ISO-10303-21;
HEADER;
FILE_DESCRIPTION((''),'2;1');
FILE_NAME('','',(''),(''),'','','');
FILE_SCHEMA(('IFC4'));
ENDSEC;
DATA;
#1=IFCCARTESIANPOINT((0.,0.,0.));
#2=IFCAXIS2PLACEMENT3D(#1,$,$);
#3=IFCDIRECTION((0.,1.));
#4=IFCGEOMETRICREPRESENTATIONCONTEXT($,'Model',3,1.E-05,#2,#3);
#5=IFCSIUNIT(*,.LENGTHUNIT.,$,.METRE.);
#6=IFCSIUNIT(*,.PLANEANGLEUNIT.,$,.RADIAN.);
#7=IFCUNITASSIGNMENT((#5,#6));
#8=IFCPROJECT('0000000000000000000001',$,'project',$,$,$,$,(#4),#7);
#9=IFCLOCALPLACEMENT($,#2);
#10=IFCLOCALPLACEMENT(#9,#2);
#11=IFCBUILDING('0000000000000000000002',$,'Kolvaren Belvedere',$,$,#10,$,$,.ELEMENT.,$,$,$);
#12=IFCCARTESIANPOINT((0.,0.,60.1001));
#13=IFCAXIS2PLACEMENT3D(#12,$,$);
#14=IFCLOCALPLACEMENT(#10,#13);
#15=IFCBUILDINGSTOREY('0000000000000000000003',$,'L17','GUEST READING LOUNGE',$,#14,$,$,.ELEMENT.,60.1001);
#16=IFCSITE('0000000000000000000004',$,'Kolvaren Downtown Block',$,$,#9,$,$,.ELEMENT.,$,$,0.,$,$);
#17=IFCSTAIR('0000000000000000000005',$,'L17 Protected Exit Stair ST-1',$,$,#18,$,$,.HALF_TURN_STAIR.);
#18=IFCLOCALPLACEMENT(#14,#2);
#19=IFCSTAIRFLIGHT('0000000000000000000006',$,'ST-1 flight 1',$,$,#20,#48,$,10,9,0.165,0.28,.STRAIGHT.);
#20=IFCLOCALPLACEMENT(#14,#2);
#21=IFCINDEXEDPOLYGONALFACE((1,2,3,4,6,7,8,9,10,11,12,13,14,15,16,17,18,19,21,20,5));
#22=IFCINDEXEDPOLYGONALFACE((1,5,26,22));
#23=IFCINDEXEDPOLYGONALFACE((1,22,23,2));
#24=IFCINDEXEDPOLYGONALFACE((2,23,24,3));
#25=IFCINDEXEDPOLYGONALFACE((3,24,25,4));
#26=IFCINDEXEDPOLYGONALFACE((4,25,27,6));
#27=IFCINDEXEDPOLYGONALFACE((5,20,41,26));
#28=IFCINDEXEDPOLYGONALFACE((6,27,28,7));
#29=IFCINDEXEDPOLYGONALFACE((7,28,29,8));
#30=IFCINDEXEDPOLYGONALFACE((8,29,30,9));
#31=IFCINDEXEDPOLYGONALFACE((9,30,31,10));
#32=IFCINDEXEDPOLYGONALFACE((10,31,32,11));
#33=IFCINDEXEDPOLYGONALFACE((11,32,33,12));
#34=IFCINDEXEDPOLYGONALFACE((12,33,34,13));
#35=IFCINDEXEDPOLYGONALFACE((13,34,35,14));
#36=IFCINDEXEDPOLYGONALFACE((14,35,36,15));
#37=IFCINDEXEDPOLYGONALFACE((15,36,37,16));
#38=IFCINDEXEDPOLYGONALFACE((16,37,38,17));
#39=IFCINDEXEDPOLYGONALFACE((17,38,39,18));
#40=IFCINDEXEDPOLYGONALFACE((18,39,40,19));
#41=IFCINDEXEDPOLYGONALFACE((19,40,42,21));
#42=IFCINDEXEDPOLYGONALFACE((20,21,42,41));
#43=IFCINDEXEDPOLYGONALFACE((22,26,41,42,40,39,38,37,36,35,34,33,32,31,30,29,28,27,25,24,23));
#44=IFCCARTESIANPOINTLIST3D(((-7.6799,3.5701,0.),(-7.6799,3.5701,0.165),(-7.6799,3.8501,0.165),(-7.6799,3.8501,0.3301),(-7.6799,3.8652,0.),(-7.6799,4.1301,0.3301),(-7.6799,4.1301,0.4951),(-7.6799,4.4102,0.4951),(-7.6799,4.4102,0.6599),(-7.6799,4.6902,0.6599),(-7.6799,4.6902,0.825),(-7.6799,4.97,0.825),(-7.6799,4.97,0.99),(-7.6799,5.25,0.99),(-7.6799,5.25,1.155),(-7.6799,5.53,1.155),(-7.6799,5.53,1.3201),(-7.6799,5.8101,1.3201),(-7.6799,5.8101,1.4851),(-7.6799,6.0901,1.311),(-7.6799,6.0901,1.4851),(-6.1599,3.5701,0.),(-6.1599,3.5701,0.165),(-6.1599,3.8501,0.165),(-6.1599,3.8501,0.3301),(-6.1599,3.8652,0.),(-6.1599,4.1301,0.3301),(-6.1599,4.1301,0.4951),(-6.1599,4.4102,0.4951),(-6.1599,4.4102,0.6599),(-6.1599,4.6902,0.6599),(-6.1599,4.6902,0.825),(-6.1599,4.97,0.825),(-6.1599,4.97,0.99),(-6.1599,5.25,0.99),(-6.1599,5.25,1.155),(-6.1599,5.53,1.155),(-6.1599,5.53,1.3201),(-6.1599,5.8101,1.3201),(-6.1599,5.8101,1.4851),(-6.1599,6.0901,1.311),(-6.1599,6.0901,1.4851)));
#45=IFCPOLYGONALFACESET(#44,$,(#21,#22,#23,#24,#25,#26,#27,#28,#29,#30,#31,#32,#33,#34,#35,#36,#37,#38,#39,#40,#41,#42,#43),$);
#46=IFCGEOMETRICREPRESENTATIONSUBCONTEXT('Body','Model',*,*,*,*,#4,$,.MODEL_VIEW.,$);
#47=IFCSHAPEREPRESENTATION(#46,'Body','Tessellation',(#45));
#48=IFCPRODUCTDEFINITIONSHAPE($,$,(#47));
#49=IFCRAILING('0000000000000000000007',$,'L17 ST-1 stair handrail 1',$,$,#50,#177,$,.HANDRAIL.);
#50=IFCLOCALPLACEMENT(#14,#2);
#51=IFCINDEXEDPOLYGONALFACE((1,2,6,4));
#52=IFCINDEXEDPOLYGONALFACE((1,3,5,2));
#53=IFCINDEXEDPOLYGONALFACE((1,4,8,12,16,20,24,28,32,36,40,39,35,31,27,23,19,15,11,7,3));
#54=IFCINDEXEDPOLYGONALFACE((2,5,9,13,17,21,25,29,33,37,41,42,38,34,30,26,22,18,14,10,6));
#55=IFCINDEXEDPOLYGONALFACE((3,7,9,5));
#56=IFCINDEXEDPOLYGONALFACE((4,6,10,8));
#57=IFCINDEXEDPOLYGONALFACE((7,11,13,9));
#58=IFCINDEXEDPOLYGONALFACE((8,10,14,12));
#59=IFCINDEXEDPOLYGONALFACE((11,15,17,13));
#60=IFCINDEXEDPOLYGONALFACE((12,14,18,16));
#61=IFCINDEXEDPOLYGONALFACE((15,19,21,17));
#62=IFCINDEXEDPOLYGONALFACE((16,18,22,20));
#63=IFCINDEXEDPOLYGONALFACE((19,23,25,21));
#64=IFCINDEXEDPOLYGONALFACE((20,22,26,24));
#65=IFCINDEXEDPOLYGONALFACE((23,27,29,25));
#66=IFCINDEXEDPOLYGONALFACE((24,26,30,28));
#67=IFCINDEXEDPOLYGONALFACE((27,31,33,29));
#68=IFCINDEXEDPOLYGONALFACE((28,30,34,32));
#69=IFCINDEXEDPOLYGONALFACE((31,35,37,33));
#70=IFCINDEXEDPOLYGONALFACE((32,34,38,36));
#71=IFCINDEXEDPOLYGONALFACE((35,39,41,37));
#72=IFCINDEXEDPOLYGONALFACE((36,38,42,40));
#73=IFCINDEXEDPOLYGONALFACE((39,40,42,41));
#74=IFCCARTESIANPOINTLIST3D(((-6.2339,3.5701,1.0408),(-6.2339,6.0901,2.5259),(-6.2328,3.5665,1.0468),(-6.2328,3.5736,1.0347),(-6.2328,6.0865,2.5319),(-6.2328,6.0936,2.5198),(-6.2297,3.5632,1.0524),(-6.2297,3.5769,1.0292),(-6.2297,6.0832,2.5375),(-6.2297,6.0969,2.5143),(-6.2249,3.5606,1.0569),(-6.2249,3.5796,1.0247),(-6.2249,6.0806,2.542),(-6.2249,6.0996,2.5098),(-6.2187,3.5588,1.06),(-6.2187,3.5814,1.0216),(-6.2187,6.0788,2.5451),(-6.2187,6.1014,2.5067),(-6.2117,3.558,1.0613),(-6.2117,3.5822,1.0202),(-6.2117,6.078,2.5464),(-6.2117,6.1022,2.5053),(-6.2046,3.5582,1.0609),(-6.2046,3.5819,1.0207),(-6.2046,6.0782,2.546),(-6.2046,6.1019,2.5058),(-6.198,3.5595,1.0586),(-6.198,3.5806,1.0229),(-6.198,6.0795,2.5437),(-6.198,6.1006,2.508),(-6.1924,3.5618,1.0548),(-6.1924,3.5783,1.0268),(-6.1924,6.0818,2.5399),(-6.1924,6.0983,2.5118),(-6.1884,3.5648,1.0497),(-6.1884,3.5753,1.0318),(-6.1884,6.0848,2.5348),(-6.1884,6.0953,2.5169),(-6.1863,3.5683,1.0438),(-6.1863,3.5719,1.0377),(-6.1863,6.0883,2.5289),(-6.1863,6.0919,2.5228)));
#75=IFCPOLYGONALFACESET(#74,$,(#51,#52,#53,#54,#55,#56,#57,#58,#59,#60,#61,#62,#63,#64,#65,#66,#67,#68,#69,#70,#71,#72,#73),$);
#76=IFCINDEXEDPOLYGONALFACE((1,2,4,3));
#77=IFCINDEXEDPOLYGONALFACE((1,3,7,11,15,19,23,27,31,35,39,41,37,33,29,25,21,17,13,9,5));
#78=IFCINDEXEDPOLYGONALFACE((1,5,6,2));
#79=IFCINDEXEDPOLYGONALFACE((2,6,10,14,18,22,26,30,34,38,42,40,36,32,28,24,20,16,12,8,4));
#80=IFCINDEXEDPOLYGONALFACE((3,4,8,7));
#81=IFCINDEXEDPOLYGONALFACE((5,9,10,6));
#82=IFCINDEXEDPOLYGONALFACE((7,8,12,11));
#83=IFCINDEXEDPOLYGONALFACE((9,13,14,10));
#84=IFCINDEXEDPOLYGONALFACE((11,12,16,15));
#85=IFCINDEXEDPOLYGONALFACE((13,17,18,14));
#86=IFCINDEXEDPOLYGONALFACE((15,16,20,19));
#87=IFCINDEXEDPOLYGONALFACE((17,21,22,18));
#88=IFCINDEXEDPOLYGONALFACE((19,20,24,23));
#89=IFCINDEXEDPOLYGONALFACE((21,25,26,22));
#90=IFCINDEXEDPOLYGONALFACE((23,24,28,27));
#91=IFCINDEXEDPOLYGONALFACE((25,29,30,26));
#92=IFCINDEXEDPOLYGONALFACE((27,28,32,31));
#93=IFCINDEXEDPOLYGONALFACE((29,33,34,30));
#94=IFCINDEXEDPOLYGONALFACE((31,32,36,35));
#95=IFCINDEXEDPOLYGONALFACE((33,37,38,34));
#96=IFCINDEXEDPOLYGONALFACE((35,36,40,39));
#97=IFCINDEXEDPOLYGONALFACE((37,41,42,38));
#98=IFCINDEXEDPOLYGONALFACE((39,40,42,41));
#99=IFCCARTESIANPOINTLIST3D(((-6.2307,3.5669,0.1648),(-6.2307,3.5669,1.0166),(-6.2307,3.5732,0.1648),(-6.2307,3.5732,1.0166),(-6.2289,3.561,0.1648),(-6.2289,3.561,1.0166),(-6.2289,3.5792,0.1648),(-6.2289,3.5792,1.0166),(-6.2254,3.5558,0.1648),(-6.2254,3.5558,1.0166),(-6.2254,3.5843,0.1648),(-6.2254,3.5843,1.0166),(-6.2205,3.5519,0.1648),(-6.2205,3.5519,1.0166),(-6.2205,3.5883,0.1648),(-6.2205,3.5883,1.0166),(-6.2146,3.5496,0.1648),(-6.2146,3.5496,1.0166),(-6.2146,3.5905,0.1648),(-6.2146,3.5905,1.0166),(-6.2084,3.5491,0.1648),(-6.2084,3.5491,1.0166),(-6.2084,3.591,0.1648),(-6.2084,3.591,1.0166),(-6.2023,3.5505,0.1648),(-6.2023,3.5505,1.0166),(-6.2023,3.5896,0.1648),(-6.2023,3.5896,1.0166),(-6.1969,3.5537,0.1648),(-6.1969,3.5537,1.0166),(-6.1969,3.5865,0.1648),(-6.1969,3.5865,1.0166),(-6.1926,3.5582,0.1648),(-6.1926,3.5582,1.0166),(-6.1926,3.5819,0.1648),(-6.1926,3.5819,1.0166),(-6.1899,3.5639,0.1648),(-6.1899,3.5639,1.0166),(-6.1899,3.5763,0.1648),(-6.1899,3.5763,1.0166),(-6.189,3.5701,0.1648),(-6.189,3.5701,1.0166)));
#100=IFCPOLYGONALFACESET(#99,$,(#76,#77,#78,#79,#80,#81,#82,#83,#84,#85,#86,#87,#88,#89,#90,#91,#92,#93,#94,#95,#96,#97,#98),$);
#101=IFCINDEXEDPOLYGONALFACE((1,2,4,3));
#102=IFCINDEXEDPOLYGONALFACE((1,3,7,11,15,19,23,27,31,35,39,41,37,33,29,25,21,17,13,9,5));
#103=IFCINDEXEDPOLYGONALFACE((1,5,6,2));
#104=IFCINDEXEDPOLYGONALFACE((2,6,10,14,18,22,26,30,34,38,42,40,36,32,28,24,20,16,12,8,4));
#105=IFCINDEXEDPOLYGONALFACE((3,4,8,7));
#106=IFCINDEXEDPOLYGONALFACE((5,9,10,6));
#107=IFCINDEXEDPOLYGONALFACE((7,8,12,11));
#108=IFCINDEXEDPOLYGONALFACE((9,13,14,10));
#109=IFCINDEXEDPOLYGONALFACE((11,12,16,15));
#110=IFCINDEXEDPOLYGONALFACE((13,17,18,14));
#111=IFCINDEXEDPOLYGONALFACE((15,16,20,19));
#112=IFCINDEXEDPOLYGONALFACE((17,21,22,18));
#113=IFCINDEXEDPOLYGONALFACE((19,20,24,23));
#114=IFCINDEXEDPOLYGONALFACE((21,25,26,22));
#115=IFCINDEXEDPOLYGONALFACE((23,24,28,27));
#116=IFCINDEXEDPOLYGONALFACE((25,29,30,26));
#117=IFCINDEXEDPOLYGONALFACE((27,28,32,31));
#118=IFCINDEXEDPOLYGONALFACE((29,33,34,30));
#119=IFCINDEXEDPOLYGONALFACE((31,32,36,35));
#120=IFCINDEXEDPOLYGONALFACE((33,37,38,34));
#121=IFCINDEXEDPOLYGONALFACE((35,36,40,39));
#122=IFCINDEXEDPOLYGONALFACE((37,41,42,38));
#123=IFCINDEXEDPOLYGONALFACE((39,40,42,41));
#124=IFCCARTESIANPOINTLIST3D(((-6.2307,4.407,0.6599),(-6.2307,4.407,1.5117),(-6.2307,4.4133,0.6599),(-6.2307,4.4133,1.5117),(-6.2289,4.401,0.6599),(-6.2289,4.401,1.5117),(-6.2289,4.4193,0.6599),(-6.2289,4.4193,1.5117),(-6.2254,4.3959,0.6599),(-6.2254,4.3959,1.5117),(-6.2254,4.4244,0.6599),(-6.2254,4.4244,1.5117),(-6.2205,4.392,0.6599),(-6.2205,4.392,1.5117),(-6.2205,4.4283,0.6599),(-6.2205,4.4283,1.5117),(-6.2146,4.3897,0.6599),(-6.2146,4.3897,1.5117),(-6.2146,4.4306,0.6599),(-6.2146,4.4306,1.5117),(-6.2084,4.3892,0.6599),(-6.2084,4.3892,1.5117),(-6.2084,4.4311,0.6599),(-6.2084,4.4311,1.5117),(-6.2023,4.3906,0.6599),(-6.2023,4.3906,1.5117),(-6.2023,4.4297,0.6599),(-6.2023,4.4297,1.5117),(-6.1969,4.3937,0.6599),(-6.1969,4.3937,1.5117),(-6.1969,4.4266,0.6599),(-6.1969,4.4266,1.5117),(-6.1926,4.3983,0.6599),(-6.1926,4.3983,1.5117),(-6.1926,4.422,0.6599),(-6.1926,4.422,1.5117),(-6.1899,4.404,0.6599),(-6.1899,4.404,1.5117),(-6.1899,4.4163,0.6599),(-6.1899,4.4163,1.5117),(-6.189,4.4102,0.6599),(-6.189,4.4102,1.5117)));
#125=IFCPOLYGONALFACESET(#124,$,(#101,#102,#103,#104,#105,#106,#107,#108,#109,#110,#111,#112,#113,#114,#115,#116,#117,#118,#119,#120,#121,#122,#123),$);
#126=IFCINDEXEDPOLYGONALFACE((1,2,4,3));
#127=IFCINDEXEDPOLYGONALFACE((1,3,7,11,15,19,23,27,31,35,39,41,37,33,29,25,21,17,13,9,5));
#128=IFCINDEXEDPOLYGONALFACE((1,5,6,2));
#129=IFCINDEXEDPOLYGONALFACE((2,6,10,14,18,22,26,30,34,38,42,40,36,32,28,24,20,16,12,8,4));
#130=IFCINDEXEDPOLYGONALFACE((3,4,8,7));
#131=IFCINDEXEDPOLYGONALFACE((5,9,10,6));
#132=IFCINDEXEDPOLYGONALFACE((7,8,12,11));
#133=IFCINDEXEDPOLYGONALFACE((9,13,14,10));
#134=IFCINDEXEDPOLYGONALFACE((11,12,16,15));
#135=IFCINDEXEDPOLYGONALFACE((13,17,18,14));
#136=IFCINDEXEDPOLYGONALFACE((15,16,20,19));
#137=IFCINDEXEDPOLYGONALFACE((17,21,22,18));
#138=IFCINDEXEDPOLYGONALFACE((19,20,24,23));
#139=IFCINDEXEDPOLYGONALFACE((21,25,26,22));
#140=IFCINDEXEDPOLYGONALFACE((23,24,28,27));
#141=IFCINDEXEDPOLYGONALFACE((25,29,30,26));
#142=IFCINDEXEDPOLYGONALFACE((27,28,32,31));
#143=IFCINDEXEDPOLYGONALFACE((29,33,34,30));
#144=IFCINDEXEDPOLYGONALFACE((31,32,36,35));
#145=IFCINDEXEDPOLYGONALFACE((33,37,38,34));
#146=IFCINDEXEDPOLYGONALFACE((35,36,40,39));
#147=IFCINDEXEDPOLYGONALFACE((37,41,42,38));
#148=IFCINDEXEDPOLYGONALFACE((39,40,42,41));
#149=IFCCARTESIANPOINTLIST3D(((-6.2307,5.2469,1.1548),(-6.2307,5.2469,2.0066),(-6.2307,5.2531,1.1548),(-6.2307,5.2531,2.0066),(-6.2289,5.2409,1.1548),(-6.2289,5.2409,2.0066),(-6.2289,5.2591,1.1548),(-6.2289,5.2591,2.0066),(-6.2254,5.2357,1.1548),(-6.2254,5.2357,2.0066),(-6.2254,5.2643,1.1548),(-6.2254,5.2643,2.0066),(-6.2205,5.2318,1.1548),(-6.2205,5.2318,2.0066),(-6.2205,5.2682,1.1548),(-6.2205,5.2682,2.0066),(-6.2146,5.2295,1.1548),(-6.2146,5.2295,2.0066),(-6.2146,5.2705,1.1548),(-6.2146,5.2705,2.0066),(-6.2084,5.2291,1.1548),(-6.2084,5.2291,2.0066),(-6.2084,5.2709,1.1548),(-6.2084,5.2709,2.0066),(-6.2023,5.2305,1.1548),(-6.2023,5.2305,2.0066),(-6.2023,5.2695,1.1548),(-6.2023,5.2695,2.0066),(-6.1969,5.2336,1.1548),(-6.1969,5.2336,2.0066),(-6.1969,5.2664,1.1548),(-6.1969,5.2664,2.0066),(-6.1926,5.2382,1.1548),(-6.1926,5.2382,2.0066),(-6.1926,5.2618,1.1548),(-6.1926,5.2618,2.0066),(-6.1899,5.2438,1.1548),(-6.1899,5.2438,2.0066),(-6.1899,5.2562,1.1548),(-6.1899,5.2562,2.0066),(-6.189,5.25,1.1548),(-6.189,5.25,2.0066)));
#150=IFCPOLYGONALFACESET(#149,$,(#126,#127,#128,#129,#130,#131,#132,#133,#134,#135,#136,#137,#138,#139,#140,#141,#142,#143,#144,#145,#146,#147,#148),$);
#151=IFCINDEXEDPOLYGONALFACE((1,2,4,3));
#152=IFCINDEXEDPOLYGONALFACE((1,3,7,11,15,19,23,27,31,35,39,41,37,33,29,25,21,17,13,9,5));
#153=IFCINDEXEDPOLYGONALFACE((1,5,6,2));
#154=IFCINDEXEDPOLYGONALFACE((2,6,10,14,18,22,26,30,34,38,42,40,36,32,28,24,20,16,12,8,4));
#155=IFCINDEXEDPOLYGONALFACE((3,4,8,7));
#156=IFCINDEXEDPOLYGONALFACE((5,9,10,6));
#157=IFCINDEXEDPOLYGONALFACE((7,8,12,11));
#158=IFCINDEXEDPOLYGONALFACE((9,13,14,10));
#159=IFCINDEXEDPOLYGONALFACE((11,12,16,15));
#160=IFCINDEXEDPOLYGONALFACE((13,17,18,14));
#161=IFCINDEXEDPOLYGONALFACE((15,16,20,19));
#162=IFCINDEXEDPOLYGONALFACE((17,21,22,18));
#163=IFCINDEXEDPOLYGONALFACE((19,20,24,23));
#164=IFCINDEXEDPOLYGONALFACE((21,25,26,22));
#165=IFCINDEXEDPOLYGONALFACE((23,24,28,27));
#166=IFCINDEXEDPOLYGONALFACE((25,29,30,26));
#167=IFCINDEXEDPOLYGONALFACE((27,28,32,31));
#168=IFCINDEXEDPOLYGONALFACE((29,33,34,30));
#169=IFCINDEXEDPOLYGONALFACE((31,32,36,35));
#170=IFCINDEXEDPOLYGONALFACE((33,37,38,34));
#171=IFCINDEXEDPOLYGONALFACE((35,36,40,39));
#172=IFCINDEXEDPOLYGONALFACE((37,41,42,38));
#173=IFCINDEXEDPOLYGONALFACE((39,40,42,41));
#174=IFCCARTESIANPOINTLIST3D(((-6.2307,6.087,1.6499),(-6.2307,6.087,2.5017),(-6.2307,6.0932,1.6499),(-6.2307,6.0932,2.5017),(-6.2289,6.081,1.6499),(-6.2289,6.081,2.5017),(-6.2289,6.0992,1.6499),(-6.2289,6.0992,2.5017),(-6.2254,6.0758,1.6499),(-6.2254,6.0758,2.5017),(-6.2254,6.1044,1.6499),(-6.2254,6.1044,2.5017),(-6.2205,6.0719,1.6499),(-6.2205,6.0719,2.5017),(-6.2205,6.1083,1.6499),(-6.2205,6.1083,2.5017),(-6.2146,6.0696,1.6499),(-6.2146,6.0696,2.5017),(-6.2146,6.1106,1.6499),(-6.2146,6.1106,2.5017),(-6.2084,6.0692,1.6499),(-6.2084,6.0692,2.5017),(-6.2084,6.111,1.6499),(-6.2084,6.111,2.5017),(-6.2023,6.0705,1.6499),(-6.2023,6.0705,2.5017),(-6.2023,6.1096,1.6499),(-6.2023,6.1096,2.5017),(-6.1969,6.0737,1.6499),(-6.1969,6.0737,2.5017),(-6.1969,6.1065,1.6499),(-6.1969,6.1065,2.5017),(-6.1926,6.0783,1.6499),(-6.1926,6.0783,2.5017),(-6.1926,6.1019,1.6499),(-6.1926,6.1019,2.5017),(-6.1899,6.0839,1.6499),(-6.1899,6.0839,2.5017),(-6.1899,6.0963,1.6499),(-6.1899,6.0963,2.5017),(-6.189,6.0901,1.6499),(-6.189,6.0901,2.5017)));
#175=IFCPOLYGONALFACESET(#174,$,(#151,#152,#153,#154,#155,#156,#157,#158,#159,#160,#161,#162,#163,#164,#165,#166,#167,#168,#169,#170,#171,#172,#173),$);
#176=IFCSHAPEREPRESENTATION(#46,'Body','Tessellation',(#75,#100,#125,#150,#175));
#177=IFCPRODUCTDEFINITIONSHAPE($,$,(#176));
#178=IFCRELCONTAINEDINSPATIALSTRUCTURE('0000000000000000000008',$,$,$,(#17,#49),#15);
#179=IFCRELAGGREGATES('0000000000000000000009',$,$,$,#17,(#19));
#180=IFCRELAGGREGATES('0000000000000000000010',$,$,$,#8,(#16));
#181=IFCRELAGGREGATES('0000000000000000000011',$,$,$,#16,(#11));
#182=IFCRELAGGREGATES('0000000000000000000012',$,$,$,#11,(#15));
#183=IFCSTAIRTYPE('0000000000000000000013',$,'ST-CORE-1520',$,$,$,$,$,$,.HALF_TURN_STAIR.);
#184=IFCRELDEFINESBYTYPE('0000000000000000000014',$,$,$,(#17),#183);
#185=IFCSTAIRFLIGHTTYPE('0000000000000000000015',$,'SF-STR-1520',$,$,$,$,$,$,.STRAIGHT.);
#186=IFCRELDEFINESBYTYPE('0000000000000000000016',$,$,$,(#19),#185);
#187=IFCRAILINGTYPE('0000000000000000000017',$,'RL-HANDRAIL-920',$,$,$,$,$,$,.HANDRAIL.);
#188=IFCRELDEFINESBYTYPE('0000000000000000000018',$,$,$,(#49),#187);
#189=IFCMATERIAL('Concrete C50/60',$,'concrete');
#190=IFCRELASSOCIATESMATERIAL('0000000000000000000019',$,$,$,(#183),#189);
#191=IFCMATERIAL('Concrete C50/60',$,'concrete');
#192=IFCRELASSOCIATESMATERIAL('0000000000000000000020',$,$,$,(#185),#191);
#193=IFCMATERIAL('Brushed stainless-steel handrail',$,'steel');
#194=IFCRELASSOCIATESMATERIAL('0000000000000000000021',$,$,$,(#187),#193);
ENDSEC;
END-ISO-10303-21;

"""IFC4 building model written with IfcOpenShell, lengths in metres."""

from ifc_helpers import new_model, si_unit, direction, frame, origin, origin_2d, place, context, subcontext, project, spatial, polyline, circle, outline, extrude, material, type_object, element, aggregate, save


model = new_model("IFC4")

# Units and contexts
model_context = context("Model", 3, precision=1e-05, world=origin(), true_north=direction((0.0, 1.0)))
body_context = subcontext(model_context, "Body", "Model", "MODEL_VIEW")
ifc_project = project(units=[si_unit("LENGTHUNIT", "METRE"), si_unit("PLANEANGLEUNIT", "RADIAN")], contexts=[model_context])

# Site, building, storey
site_placement = place(None, origin())
site = spatial("IfcSite", under=ifc_project, at=site_placement, Name="Kolvaren Downtown Block", CompositionType="ELEMENT", RefElevation=0.0)
building_placement = place(site_placement, origin())
building = spatial("IfcBuilding", under=site, at=building_placement, Name="Kolvaren Belvedere", CompositionType="ELEMENT")
storey_placement = place(building_placement, frame((0.0, 0.0, 60.1001)))
storey = spatial("IfcBuildingStorey", under=building, at=storey_placement, Name="L17", Description="GUEST READING LOUNGE", CompositionType="ELEMENT", Elevation=60.1001)

# Stair, stair flight
ifc_material_1 = material(Name="Concrete C50/60", Category="concrete")
stair_type = type_object("IfcStairType", Name="ST-CORE-1520", PredefinedType="HALF_TURN_STAIR", material=ifc_material_1)
stair_placement = place(storey_placement, origin())
stair = element("IfcStair", 1, at=stair_placement, inside=storey, type_object=stair_type, Name="L17 Protected Exit Stair ST-1", PredefinedType="HALF_TURN_STAIR")
ifc_material_2 = material(Name="Concrete C50/60", Category="concrete")
stair_flight_type = type_object("IfcStairFlightType", Name="SF-STR-1520", PredefinedType="STRAIGHT", material=ifc_material_2)
stair_flight_placement = place(storey_placement, frame((-6.9199, 3.5701, 0.0), z_axis=(0.0, 0.0, 1.0), x_axis=(0.0, 1.0, 0.0)))
stair_flight = element("IfcStairFlight", 2, at=stair_flight_placement, type_object=stair_flight_type, Name="ST-1 flight 1", NumberOfRisers=10, NumberOfTreads=9, PredefinedType="STRAIGHT", RiserHeight=0.165, TreadLength=0.28, context=body_context, shape_type="SweptSolid", body=[
    extrude(outline(polyline([(0.0, 0.0), (0.0, 0.165), (0.28, 0.165), (0.28, 0.3301), (0.5601, 0.3301), (0.5601, 0.4951), (0.8401, 0.4951), (0.8401, 0.6599), (1.1201, 0.6599), (1.1201, 0.825), (1.3999, 0.825), (1.3999, 0.99), (1.6799, 0.99), (1.6799, 1.155), (1.96, 1.155), (1.96, 1.3201), (2.24, 1.3201), (2.24, 1.4851), (2.52, 1.4851), (2.52, 1.6499), (2.52, 1.311), (0.2952, 0.0), (0.0, 0.0)])), frame((0.0, 0.76, 0.0), z_axis=(0.0, -1.0, 0.0), x_axis=(1.0, 0.0, 0.0)), (0.0, 0.0, 1.0), 1.52),
])
aggregate(stair, [stair_flight])

# Railing
ifc_material_3 = material(Name="Brushed stainless-steel handrail", Category="steel")
railing_type_1 = type_object("IfcRailingType", Name="RL-HANDRAIL-920", PredefinedType="HANDRAIL", material=ifc_material_3)
railing_1_placement = place(storey_placement, frame((-6.21, 3.5701, 0.1648)))
element("IfcRailing", 3, at=railing_1_placement, inside=storey, type_object=railing_type_1, Name="L17 ST-1 stair handrail 1", PredefinedType="HANDRAIL", context=body_context, shape_type="SweptSolid", body=[
    extrude(circle(Radius=0.0239, at=origin_2d()), frame((0.0, 0.0, 0.876), z_axis=(0.0, 0.861524, 0.507717), x_axis=(-1.0, 0.0, 0.0)), (0.0, 0.0, 1.0), 2.925),
    extrude(circle(Radius=0.021, at=origin_2d()), origin(), (0.0, 0.0, 1.0), 0.8518),
    extrude(circle(Radius=0.021, at=origin_2d()), frame((0.0, 0.8401, 0.4951)), (0.0, 0.0, 1.0), 0.8518),
    extrude(circle(Radius=0.021, at=origin_2d()), frame((0.0, 1.6799, 0.99)), (0.0, 0.0, 1.0), 0.8518),
    extrude(circle(Radius=0.021, at=origin_2d()), frame((0.0, 2.52, 1.4851)), (0.0, 0.0, 1.0), 0.8518),
])

save(model, "model.ifc")
